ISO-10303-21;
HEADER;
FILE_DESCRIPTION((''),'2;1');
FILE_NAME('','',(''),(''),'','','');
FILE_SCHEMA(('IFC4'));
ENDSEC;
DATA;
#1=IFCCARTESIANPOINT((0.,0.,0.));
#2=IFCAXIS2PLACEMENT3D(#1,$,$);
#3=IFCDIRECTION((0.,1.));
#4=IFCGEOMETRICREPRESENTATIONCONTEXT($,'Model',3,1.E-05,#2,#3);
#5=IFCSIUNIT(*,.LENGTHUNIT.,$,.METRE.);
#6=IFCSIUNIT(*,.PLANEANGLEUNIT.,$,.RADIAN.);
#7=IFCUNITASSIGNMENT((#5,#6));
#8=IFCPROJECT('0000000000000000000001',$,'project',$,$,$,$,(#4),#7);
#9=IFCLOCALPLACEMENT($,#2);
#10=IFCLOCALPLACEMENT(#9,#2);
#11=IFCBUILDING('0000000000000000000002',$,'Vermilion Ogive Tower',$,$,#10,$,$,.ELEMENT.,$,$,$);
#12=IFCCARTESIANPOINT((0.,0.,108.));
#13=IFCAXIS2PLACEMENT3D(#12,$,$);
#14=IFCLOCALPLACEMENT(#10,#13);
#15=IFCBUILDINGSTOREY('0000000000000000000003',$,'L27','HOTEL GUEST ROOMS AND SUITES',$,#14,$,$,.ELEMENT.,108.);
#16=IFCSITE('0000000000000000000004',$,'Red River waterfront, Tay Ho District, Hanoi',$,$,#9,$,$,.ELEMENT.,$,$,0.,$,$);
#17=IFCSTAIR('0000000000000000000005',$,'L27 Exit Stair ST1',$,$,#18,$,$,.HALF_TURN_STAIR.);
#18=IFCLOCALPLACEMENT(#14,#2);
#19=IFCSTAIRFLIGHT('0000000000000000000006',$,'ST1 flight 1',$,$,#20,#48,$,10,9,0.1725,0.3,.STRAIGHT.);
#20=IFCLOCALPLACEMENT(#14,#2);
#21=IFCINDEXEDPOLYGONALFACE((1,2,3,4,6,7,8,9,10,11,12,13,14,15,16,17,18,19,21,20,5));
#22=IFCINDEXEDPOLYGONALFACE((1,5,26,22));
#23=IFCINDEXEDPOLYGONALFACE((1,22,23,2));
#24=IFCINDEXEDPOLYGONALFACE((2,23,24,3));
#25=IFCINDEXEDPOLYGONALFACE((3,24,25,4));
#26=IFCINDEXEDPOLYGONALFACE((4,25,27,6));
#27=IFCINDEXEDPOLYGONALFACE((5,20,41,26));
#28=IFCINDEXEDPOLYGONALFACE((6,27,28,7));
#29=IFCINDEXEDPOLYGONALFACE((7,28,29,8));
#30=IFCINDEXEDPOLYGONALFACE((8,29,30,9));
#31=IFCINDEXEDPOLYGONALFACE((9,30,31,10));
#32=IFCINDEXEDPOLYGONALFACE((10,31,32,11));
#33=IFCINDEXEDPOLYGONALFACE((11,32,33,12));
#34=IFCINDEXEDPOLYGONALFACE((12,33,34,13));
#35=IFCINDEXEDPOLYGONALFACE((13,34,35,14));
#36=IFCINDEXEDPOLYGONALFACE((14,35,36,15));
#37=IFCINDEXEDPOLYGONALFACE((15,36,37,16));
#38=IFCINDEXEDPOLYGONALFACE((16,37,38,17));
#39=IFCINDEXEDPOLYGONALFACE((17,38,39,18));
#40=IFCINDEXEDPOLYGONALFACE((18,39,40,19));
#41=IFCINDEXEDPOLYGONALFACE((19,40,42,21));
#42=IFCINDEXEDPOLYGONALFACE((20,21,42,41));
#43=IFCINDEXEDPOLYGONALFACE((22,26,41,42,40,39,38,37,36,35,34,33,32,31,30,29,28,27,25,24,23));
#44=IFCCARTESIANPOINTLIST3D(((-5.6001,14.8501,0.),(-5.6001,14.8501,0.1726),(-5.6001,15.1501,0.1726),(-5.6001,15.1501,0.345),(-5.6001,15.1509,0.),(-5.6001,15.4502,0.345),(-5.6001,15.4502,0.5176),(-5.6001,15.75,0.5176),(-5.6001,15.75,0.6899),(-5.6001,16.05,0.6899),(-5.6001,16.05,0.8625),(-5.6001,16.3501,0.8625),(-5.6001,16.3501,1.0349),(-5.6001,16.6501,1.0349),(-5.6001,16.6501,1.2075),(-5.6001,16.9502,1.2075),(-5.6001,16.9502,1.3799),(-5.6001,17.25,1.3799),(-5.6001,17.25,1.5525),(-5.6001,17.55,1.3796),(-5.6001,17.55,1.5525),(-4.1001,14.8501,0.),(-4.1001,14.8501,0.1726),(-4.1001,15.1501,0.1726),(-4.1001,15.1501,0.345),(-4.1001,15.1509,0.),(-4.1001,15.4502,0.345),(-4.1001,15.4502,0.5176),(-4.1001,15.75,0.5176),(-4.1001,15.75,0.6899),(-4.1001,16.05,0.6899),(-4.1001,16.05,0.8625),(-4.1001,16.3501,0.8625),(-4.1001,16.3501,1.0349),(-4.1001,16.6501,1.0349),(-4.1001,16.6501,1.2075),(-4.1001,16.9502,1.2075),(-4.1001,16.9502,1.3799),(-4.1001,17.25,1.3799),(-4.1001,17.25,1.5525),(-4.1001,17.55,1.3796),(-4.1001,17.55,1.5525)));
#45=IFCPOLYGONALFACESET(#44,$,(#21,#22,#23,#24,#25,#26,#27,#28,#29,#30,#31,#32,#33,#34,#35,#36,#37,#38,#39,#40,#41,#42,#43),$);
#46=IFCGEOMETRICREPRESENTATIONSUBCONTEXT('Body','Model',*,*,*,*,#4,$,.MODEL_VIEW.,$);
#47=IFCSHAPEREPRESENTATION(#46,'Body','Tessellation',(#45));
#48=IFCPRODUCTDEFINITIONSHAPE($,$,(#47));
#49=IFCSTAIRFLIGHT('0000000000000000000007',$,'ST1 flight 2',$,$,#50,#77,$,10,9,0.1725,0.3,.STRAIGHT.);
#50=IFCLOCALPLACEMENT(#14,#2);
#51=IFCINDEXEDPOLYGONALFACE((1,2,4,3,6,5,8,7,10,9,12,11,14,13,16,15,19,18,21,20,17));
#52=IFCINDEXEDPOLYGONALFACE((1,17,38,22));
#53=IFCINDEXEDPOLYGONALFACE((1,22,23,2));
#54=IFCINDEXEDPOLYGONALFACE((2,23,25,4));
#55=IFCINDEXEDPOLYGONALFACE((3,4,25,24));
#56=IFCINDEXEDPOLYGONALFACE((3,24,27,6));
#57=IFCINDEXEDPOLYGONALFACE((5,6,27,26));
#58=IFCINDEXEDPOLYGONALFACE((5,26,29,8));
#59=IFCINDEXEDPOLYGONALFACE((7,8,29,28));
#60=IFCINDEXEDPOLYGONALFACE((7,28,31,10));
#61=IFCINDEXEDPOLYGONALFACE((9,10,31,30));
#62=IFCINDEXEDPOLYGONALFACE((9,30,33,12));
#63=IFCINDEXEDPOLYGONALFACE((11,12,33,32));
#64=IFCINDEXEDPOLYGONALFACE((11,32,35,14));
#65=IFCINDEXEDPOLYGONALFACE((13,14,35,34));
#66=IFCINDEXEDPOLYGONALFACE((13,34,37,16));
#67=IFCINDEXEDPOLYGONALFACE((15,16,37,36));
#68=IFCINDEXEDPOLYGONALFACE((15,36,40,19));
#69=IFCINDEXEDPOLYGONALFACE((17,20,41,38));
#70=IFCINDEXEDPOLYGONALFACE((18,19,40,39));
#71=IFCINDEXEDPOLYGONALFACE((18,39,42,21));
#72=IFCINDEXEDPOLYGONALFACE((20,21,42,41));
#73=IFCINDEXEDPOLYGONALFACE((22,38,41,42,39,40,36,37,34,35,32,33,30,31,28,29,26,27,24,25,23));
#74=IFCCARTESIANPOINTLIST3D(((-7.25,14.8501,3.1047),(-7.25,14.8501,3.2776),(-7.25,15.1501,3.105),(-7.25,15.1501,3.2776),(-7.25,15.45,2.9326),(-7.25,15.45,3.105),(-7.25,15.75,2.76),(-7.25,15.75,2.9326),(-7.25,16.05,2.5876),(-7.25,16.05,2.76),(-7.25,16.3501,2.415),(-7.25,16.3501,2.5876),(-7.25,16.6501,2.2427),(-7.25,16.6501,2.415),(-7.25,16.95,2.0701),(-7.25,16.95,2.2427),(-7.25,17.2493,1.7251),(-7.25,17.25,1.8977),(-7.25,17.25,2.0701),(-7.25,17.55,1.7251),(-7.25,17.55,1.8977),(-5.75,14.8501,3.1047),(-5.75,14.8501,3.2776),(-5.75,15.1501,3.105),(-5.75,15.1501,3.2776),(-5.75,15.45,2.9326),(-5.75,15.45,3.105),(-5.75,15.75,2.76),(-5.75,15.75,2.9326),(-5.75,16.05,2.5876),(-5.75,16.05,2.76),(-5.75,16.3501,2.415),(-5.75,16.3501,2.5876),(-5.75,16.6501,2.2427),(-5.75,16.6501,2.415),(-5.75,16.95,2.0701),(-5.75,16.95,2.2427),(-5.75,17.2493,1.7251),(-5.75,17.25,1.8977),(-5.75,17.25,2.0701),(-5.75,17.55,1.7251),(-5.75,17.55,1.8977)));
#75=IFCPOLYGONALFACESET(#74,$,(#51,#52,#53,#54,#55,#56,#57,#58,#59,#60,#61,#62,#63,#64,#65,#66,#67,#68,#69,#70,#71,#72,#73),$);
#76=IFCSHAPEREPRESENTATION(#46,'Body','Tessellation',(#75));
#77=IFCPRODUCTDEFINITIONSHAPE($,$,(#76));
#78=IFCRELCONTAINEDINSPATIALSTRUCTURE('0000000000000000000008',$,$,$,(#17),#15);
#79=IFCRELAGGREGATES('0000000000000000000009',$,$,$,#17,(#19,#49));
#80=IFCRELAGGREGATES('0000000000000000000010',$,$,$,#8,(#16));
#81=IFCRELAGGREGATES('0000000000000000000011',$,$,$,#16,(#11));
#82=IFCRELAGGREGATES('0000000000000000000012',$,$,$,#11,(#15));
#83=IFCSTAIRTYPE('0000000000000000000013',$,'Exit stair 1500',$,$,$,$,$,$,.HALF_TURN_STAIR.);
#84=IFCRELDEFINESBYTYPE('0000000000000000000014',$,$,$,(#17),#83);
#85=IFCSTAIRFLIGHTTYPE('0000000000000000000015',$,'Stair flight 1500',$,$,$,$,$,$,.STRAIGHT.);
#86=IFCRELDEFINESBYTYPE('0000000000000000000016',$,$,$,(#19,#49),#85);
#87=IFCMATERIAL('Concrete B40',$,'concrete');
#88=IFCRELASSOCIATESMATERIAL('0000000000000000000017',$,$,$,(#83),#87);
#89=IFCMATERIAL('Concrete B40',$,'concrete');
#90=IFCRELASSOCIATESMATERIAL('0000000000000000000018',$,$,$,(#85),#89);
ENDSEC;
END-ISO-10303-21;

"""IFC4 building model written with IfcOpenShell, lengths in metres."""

from ifc_helpers import new_model, si_unit, direction, frame, origin, place, context, subcontext, project, spatial, polyline, outline, extrude, material, type_object, element, aggregate, save


model = new_model("IFC4")

# Units and contexts
model_context = context("Model", 3, precision=1e-05, world=origin(), true_north=direction((0.0, 1.0)))
body_context = subcontext(model_context, "Body", "Model", "MODEL_VIEW")
ifc_project = project(units=[si_unit("LENGTHUNIT", "METRE"), si_unit("PLANEANGLEUNIT", "RADIAN")], contexts=[model_context])

# Site, building, storey
site_placement = place(None, origin())
site = spatial("IfcSite", under=ifc_project, at=site_placement, Name="Red River waterfront, Tay Ho District, Hanoi", CompositionType="ELEMENT", RefElevation=0.0)
building_placement = place(site_placement, origin())
building = spatial("IfcBuilding", under=site, at=building_placement, Name="Vermilion Ogive Tower", CompositionType="ELEMENT")
storey_placement = place(building_placement, frame((0.0, 0.0, 108.0)))
storey = spatial("IfcBuildingStorey", under=building, at=storey_placement, Name="L27", Description="HOTEL GUEST ROOMS AND SUITES", CompositionType="ELEMENT", Elevation=108.0)

# Stair, stair flights
ifc_material_1 = material(Name="Concrete B40", Category="concrete")
stair_type = type_object("IfcStairType", Name="Exit stair 1500", PredefinedType="HALF_TURN_STAIR", material=ifc_material_1)
stair_placement = place(storey_placement, origin())
stair = element("IfcStair", 1, at=stair_placement, inside=storey, type_object=stair_type, Name="L27 Exit Stair ST1", PredefinedType="HALF_TURN_STAIR")
ifc_material_2 = material(Name="Concrete B40", Category="concrete")
stair_flight_type = type_object("IfcStairFlightType", Name="Stair flight 1500", PredefinedType="STRAIGHT", material=ifc_material_2)
stair_flight_1_placement = place(storey_placement, frame((-4.8501, 14.8501, 0.0), z_axis=(0.0, 0.0, 1.0), x_axis=(0.0, 1.0, 0.0)))
stair_flight_1 = element("IfcStairFlight", 2, at=stair_flight_1_placement, type_object=stair_flight_type, Name="ST1 flight 1", NumberOfRisers=10, NumberOfTreads=9, PredefinedType="STRAIGHT", RiserHeight=0.1725, TreadLength=0.3, context=body_context, shape_type="SweptSolid", body=[
    extrude(outline(polyline([(0.0, 0.0), (0.0, 0.1726), (0.3, 0.1726), (0.3, 0.345), (0.6001, 0.345), (0.6001, 0.5176), (0.8999, 0.5176), (0.8999, 0.6899), (1.2, 0.6899), (1.2, 0.8625), (1.5, 0.8625), (1.5, 1.0349), (1.8, 1.0349), (1.8, 1.2075), (2.1001, 1.2075), (2.1001, 1.3799), (2.3999, 1.3799), (2.3999, 1.5525), (2.7, 1.5525), (2.7, 1.7251), (2.7, 1.3796), (0.3008, 0.0), (0.0, 0.0)])), frame((0.0, 0.75, 0.0), z_axis=(0.0, -1.0, 0.0), x_axis=(1.0, 0.0, 0.0)), (0.0, 0.0, 1.0), 1.5),
])
stair_flight_2_placement = place(storey_placement, frame((-6.5, 17.55, 1.7251), z_axis=(0.0, 0.0, 1.0), x_axis=(0.0, -1.0, 0.0)))
stair_flight_2 = element("IfcStairFlight", 3, at=stair_flight_2_placement, type_object=stair_flight_type, Name="ST1 flight 2", NumberOfRisers=10, NumberOfTreads=9, PredefinedType="STRAIGHT", RiserHeight=0.1725, TreadLength=0.3, context=body_context, shape_type="SweptSolid", body=[
    extrude(outline(polyline([(0.0, 0.0), (0.0, 0.1726), (0.3, 0.1726), (0.3, 0.345), (0.6001, 0.345), (0.6001, 0.5176), (0.8999, 0.5176), (0.8999, 0.6899), (1.2, 0.6899), (1.2, 0.8625), (1.5, 0.8625), (1.5, 1.0349), (1.8, 1.0349), (1.8, 1.2075), (2.1001, 1.2075), (2.1001, 1.3799), (2.3999, 1.3799), (2.3999, 1.5525), (2.7, 1.5525), (2.7, 1.7251), (2.7, 1.3796), (0.3008, 0.0), (0.0, 0.0)])), frame((0.0, 0.75, 0.0), z_axis=(0.0, -1.0, 0.0), x_axis=(1.0, 0.0, 0.0)), (0.0, 0.0, 1.0), 1.5),
])
aggregate(stair, [stair_flight_1, stair_flight_2])

save(model, "model.ifc")
